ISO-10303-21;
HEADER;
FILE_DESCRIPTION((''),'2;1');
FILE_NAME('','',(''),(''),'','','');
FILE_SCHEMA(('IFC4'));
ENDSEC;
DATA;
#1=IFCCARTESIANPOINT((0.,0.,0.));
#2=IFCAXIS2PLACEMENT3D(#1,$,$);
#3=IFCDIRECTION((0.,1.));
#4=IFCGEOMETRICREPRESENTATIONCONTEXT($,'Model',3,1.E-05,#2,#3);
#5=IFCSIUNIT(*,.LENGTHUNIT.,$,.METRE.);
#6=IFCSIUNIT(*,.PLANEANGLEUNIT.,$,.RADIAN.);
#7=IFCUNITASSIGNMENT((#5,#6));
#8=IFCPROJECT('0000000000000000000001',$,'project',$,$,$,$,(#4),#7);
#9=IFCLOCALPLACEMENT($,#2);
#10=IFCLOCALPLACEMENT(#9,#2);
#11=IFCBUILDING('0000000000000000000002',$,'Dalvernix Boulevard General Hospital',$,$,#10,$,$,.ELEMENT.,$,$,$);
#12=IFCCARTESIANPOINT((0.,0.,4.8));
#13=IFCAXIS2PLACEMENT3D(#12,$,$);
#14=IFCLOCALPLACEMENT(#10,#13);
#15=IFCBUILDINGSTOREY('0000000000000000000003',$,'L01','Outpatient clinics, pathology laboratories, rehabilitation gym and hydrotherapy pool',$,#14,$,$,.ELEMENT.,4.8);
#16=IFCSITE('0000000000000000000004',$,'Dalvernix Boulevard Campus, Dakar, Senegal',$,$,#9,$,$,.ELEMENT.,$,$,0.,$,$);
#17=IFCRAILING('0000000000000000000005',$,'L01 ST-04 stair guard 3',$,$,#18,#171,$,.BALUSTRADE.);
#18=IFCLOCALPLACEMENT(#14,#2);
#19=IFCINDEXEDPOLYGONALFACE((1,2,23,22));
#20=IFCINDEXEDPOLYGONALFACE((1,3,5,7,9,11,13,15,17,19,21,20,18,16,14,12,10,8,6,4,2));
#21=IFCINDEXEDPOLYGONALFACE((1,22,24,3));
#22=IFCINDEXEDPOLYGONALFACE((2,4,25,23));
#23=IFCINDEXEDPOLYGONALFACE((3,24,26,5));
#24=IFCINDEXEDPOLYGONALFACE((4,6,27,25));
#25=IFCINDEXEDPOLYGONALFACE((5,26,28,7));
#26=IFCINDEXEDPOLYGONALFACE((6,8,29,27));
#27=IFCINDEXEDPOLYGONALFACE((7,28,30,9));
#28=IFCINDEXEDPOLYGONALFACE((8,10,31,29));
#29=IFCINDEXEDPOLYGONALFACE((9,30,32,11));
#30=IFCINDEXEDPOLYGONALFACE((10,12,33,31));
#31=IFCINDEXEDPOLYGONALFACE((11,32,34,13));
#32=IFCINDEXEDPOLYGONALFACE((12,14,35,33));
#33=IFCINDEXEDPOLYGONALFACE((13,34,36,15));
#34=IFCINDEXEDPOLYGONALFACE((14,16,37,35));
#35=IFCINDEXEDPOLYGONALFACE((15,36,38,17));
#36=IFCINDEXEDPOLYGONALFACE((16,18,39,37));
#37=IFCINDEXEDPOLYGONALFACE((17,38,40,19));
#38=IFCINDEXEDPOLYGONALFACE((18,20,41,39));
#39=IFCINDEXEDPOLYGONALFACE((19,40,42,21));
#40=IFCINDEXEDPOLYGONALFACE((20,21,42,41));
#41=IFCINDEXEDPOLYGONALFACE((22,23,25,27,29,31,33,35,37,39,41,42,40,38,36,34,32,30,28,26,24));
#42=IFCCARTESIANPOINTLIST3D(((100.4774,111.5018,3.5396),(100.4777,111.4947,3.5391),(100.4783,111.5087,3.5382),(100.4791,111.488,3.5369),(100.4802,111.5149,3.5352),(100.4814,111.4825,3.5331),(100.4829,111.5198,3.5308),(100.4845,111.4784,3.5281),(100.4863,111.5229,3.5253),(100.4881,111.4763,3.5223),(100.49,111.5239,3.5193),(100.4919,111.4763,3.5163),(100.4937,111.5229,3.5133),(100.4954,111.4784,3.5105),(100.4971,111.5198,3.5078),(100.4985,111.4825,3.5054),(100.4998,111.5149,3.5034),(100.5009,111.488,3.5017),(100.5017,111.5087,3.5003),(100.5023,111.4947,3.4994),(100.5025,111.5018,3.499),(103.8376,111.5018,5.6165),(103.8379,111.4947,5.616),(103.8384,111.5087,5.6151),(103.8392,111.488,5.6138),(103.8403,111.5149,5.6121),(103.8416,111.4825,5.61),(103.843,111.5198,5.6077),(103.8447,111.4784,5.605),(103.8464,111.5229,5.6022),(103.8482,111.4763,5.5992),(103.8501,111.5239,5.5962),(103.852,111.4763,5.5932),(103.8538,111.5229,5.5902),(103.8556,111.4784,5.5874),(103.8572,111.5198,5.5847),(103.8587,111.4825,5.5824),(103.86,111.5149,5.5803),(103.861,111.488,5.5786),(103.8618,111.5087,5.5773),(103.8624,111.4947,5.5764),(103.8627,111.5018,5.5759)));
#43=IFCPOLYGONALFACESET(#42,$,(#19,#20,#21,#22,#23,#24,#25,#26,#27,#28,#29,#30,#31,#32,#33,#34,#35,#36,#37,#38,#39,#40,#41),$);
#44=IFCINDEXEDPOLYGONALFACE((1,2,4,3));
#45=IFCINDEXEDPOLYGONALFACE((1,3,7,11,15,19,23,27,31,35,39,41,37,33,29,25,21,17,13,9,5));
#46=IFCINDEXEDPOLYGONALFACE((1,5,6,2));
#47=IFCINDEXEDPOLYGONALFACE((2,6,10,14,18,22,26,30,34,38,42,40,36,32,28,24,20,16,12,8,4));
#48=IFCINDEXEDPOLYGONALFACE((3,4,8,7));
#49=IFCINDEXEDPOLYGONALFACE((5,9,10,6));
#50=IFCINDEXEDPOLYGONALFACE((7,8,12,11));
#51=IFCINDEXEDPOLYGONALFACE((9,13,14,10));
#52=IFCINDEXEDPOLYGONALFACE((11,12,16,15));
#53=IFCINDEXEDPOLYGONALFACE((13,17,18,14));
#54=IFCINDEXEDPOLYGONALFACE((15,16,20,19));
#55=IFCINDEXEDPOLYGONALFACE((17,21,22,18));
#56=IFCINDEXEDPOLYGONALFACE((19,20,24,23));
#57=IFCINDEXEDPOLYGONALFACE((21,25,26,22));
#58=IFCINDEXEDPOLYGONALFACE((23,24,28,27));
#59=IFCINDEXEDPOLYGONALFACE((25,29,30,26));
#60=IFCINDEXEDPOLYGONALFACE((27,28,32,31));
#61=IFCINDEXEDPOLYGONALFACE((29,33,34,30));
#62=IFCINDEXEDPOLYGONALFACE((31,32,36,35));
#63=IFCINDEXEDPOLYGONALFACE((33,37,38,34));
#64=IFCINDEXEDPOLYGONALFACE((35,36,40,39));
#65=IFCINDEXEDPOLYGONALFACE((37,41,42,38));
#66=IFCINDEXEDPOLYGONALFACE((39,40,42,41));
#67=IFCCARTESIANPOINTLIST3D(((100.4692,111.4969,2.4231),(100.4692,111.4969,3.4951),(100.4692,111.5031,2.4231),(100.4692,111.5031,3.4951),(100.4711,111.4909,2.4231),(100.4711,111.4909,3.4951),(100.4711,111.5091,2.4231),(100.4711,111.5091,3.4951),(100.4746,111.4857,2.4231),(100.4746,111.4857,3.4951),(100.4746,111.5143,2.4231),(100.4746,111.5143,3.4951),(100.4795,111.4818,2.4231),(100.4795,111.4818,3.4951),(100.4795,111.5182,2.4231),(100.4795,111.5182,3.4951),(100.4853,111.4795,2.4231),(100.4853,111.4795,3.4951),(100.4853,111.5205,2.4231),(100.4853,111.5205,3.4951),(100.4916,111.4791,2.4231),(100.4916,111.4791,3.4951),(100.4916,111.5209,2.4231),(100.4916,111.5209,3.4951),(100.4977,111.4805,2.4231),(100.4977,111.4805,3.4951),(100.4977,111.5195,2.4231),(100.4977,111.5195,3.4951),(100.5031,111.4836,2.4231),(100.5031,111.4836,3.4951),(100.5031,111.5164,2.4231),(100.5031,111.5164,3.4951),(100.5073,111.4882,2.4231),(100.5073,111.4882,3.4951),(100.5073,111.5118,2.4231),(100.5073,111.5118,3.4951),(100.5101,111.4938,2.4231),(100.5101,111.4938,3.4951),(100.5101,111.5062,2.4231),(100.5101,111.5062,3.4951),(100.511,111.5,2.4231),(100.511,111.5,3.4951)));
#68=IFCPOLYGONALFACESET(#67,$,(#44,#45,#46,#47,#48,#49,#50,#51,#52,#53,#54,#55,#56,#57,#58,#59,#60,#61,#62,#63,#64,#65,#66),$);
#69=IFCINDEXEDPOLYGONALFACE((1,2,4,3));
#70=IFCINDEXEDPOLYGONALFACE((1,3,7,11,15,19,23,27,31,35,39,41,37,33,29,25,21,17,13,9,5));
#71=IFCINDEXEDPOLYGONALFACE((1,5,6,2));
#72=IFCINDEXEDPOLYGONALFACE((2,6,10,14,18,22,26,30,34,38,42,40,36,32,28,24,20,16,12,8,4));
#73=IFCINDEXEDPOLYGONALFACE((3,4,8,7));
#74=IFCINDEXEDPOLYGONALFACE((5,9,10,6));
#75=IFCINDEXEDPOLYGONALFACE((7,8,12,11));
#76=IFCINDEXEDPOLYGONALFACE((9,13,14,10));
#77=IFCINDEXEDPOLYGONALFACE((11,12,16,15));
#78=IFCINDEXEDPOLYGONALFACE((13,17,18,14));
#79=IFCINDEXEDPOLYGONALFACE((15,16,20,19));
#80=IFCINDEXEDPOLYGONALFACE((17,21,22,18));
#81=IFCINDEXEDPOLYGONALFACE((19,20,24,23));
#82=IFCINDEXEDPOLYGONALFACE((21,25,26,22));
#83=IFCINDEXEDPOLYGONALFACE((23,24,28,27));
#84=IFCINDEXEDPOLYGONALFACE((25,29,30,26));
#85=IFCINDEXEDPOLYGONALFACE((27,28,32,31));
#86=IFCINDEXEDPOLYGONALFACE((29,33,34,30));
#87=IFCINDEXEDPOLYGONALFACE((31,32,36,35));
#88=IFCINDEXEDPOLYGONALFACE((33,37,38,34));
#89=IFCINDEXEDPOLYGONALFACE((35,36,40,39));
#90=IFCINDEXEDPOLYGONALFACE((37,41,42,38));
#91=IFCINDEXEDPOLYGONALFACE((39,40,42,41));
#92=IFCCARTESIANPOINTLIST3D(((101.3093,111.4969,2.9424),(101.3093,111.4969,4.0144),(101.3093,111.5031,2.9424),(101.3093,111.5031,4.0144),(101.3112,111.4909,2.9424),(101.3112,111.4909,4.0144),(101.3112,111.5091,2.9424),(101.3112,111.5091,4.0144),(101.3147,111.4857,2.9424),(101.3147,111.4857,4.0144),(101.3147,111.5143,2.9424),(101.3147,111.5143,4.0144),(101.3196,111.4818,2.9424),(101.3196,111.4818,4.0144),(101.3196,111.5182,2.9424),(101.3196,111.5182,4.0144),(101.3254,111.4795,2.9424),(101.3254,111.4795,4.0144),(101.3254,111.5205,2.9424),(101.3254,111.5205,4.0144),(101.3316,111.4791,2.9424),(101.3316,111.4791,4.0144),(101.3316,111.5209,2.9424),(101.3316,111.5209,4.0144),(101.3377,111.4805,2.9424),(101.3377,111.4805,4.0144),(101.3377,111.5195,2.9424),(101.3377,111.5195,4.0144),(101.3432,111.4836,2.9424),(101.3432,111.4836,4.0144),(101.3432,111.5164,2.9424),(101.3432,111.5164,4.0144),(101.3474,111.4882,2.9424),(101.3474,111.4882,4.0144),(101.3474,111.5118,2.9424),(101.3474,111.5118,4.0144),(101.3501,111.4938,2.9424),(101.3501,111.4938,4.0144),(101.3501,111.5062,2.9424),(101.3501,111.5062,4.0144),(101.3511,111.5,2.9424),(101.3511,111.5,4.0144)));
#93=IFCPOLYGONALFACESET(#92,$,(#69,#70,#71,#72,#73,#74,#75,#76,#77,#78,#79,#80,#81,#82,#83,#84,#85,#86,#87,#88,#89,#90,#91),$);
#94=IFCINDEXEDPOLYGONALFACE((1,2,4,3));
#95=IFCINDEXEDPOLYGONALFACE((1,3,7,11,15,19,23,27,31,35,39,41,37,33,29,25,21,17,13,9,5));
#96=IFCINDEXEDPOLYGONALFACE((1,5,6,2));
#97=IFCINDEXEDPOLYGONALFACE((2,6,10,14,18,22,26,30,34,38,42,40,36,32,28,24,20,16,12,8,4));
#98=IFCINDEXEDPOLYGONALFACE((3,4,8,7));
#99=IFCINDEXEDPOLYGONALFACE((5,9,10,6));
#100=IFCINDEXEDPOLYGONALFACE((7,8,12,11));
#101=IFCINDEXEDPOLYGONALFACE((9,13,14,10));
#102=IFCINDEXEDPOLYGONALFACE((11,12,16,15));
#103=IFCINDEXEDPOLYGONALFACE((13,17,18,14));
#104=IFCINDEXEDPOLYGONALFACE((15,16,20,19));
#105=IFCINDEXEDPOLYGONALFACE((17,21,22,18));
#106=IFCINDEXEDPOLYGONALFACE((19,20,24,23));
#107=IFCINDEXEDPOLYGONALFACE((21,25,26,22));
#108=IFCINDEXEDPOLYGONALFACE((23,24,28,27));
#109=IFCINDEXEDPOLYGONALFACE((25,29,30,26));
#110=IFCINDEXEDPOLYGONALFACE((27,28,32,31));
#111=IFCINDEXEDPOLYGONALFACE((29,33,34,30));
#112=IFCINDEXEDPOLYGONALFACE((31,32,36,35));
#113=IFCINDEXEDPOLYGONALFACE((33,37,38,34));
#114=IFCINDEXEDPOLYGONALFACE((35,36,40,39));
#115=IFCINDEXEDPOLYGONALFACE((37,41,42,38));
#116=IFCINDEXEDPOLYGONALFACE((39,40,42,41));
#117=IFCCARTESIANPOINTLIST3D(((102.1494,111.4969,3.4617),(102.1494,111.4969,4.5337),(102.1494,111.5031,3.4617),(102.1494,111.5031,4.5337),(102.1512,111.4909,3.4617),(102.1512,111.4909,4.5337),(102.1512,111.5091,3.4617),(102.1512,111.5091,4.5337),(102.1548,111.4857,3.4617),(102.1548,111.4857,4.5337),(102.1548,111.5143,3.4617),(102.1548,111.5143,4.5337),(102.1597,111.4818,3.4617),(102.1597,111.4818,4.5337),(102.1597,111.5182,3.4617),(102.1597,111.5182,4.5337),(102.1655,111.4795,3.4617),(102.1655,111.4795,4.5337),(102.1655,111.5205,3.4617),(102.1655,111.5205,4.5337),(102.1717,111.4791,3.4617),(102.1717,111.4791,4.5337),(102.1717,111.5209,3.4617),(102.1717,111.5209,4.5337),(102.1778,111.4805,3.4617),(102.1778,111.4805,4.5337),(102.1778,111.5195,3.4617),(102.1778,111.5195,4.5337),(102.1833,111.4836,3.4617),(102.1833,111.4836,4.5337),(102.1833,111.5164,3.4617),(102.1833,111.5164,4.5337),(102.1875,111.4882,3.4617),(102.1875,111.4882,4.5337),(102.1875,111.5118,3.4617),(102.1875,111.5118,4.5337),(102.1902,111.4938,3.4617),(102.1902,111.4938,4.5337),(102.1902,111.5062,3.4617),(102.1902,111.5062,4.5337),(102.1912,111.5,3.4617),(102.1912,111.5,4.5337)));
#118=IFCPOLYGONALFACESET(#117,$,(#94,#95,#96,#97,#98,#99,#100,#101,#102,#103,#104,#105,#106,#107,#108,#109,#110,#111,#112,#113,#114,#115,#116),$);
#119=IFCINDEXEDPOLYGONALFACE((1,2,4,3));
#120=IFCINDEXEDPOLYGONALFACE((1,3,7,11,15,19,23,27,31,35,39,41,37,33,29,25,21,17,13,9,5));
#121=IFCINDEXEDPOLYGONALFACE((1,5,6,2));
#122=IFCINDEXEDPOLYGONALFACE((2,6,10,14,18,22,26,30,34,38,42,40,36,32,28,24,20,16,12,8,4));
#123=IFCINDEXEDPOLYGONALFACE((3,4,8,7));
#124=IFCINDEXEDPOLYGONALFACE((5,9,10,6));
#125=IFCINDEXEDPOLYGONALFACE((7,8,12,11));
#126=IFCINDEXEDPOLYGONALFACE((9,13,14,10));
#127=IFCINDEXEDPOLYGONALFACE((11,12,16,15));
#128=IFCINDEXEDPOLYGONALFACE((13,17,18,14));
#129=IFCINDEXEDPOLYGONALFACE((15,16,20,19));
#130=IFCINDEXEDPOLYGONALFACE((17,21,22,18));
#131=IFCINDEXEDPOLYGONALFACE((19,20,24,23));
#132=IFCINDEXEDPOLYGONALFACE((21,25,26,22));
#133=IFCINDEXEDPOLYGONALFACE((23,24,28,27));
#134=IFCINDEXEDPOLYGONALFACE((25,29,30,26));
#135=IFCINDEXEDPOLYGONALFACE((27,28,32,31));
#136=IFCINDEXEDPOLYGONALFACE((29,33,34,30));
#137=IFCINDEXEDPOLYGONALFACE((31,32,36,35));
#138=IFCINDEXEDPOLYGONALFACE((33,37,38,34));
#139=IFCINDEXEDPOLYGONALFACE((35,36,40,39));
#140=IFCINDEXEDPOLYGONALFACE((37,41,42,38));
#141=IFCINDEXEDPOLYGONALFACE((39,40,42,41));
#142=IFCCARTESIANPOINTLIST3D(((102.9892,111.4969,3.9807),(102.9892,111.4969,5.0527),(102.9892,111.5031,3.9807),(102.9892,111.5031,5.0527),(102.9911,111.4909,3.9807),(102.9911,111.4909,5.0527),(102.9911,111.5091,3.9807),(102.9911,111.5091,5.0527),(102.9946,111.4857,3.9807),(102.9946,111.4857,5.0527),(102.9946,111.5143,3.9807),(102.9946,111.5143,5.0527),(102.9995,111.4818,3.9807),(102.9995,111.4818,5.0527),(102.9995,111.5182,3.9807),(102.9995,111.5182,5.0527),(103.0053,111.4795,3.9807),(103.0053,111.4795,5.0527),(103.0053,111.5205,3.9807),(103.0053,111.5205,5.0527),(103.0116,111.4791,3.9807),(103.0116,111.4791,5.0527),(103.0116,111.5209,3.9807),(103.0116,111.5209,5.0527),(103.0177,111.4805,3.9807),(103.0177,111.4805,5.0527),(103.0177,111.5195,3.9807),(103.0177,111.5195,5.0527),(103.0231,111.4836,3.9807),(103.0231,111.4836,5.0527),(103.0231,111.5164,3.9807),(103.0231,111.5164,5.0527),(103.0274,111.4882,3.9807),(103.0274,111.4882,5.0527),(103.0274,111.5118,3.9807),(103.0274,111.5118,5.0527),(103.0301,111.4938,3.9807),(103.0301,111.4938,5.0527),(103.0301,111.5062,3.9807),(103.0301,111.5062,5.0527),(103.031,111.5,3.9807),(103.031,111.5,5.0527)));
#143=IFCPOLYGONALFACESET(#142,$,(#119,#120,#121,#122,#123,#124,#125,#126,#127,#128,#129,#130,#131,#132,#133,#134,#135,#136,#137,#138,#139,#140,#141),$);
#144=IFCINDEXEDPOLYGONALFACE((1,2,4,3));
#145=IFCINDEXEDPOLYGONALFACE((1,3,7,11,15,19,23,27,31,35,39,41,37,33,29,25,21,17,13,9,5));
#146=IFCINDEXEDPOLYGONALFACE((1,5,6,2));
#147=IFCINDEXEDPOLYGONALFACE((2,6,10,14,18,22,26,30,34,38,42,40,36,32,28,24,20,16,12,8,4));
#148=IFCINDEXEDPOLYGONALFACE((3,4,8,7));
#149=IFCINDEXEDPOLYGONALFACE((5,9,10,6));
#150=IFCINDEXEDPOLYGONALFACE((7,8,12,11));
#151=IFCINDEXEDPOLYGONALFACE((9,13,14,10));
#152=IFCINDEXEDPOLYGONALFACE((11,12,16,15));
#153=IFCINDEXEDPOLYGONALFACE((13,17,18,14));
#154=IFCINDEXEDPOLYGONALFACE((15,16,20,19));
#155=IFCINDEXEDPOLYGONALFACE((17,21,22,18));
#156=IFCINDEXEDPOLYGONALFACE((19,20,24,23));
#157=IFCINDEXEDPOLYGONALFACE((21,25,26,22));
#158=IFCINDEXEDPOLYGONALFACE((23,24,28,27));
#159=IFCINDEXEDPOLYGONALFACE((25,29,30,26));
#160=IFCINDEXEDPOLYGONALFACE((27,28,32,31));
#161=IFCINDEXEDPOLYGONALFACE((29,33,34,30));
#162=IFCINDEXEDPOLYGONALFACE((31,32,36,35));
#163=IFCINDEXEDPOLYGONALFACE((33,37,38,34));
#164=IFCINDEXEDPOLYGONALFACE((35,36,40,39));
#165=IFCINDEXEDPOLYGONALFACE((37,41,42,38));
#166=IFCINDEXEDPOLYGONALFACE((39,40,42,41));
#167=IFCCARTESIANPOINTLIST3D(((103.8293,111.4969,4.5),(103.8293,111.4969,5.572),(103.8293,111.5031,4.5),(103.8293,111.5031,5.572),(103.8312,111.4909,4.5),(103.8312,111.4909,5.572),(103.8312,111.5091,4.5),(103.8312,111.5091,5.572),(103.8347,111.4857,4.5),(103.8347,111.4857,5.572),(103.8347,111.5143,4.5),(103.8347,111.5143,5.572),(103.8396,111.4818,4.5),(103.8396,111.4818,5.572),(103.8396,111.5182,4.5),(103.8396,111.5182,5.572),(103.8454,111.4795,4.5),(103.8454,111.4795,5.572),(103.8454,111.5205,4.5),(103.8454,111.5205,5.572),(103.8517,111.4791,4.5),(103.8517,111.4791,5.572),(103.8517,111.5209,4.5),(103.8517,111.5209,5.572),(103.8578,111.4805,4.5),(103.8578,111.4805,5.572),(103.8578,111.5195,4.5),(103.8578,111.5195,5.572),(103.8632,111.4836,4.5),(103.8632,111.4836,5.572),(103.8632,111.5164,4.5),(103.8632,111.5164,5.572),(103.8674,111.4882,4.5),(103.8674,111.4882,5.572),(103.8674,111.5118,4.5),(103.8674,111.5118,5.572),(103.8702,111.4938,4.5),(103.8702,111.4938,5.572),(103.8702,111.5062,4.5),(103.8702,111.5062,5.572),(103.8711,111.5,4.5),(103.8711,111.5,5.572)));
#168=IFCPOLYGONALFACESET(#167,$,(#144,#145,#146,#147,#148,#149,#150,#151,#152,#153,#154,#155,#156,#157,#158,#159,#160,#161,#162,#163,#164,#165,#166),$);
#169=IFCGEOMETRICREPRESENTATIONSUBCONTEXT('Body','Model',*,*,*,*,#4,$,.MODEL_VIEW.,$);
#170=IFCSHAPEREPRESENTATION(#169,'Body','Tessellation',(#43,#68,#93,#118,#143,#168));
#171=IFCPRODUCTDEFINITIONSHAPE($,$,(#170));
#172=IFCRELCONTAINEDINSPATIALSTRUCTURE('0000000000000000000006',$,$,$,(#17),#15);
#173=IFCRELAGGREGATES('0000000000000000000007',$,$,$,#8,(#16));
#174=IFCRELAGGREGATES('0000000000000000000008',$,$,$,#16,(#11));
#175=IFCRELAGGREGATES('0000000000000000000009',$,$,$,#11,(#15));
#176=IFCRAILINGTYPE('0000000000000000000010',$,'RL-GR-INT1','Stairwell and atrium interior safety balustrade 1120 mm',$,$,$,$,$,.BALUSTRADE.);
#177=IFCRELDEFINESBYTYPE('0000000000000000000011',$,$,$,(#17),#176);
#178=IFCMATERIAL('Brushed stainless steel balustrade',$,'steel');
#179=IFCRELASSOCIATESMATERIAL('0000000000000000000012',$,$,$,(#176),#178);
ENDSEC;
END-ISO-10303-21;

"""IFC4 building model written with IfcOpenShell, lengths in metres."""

from ifc_helpers import new_model, si_unit, direction, frame, origin, origin_2d, place, context, subcontext, project, spatial, circle, extrude, material, type_object, element, save


model = new_model("IFC4")

# Units and contexts
model_context = context("Model", 3, precision=1e-05, world=origin(), true_north=direction((0.0, 1.0)))
body_context = subcontext(model_context, "Body", "Model", "MODEL_VIEW")
ifc_project = project(units=[si_unit("LENGTHUNIT", "METRE"), si_unit("PLANEANGLEUNIT", "RADIAN")], contexts=[model_context])

# Site, building, storey
site_placement = place(None, origin())
site = spatial("IfcSite", under=ifc_project, at=site_placement, Name="Dalvernix Boulevard Campus, Dakar, Senegal", CompositionType="ELEMENT", RefElevation=0.0)
building_placement = place(site_placement, origin())
building = spatial("IfcBuilding", under=site, at=building_placement, Name="Dalvernix Boulevard General Hospital", CompositionType="ELEMENT")
storey_placement = place(building_placement, frame((0.0, 0.0, 4.8)))
storey = spatial("IfcBuildingStorey", under=building, at=storey_placement, Name="L01", Description="Outpatient clinics, pathology laboratories, rehabilitation gym and hydrotherapy pool", CompositionType="ELEMENT", Elevation=4.8)

# Railing
ifc_material_1 = material(Name="Brushed stainless steel balustrade", Category="steel")
railing_type = type_object("IfcRailingType", Name="RL-GR-INT1", Description="Stairwell and atrium interior safety balustrade 1120 mm", PredefinedType="BALUSTRADE", material=ifc_material_1)
railing_1_placement = place(storey_placement, frame((100.49, 111.5, 2.4231)))
element("IfcRailing", 1, at=railing_1_placement, inside=storey, type_object=railing_type, Name="L01 ST-04 stair guard 3", PredefinedType="BALUSTRADE", context=body_context, shape_type="SweptSolid", body=[
    extrude(circle(Radius=0.0239, at=origin_2d()), frame((0.0, 0.0, 1.0962), z_axis=(0.850623, 0.0, 0.525776), x_axis=(0.0, 1.0, 0.0)), (0.0, 0.0, 1.0), 3.9502),
    extrude(circle(Radius=0.021, at=origin_2d()), origin(), (0.0, 0.0, 1.0), 1.072),
    extrude(circle(Radius=0.021, at=origin_2d()), frame((0.8401, 0.0, 0.5193)), (0.0, 0.0, 1.0), 1.072),
    extrude(circle(Radius=0.021, at=origin_2d()), frame((1.6802, 0.0, 1.0386)), (0.0, 0.0, 1.0), 1.072),
    extrude(circle(Radius=0.021, at=origin_2d()), frame((2.52, 0.0, 1.5576)), (0.0, 0.0, 1.0), 1.072),
    extrude(circle(Radius=0.021, at=origin_2d()), frame((3.3601, 0.0, 2.0769)), (0.0, 0.0, 1.0), 1.072),
])

save(model, "model.ifc")
